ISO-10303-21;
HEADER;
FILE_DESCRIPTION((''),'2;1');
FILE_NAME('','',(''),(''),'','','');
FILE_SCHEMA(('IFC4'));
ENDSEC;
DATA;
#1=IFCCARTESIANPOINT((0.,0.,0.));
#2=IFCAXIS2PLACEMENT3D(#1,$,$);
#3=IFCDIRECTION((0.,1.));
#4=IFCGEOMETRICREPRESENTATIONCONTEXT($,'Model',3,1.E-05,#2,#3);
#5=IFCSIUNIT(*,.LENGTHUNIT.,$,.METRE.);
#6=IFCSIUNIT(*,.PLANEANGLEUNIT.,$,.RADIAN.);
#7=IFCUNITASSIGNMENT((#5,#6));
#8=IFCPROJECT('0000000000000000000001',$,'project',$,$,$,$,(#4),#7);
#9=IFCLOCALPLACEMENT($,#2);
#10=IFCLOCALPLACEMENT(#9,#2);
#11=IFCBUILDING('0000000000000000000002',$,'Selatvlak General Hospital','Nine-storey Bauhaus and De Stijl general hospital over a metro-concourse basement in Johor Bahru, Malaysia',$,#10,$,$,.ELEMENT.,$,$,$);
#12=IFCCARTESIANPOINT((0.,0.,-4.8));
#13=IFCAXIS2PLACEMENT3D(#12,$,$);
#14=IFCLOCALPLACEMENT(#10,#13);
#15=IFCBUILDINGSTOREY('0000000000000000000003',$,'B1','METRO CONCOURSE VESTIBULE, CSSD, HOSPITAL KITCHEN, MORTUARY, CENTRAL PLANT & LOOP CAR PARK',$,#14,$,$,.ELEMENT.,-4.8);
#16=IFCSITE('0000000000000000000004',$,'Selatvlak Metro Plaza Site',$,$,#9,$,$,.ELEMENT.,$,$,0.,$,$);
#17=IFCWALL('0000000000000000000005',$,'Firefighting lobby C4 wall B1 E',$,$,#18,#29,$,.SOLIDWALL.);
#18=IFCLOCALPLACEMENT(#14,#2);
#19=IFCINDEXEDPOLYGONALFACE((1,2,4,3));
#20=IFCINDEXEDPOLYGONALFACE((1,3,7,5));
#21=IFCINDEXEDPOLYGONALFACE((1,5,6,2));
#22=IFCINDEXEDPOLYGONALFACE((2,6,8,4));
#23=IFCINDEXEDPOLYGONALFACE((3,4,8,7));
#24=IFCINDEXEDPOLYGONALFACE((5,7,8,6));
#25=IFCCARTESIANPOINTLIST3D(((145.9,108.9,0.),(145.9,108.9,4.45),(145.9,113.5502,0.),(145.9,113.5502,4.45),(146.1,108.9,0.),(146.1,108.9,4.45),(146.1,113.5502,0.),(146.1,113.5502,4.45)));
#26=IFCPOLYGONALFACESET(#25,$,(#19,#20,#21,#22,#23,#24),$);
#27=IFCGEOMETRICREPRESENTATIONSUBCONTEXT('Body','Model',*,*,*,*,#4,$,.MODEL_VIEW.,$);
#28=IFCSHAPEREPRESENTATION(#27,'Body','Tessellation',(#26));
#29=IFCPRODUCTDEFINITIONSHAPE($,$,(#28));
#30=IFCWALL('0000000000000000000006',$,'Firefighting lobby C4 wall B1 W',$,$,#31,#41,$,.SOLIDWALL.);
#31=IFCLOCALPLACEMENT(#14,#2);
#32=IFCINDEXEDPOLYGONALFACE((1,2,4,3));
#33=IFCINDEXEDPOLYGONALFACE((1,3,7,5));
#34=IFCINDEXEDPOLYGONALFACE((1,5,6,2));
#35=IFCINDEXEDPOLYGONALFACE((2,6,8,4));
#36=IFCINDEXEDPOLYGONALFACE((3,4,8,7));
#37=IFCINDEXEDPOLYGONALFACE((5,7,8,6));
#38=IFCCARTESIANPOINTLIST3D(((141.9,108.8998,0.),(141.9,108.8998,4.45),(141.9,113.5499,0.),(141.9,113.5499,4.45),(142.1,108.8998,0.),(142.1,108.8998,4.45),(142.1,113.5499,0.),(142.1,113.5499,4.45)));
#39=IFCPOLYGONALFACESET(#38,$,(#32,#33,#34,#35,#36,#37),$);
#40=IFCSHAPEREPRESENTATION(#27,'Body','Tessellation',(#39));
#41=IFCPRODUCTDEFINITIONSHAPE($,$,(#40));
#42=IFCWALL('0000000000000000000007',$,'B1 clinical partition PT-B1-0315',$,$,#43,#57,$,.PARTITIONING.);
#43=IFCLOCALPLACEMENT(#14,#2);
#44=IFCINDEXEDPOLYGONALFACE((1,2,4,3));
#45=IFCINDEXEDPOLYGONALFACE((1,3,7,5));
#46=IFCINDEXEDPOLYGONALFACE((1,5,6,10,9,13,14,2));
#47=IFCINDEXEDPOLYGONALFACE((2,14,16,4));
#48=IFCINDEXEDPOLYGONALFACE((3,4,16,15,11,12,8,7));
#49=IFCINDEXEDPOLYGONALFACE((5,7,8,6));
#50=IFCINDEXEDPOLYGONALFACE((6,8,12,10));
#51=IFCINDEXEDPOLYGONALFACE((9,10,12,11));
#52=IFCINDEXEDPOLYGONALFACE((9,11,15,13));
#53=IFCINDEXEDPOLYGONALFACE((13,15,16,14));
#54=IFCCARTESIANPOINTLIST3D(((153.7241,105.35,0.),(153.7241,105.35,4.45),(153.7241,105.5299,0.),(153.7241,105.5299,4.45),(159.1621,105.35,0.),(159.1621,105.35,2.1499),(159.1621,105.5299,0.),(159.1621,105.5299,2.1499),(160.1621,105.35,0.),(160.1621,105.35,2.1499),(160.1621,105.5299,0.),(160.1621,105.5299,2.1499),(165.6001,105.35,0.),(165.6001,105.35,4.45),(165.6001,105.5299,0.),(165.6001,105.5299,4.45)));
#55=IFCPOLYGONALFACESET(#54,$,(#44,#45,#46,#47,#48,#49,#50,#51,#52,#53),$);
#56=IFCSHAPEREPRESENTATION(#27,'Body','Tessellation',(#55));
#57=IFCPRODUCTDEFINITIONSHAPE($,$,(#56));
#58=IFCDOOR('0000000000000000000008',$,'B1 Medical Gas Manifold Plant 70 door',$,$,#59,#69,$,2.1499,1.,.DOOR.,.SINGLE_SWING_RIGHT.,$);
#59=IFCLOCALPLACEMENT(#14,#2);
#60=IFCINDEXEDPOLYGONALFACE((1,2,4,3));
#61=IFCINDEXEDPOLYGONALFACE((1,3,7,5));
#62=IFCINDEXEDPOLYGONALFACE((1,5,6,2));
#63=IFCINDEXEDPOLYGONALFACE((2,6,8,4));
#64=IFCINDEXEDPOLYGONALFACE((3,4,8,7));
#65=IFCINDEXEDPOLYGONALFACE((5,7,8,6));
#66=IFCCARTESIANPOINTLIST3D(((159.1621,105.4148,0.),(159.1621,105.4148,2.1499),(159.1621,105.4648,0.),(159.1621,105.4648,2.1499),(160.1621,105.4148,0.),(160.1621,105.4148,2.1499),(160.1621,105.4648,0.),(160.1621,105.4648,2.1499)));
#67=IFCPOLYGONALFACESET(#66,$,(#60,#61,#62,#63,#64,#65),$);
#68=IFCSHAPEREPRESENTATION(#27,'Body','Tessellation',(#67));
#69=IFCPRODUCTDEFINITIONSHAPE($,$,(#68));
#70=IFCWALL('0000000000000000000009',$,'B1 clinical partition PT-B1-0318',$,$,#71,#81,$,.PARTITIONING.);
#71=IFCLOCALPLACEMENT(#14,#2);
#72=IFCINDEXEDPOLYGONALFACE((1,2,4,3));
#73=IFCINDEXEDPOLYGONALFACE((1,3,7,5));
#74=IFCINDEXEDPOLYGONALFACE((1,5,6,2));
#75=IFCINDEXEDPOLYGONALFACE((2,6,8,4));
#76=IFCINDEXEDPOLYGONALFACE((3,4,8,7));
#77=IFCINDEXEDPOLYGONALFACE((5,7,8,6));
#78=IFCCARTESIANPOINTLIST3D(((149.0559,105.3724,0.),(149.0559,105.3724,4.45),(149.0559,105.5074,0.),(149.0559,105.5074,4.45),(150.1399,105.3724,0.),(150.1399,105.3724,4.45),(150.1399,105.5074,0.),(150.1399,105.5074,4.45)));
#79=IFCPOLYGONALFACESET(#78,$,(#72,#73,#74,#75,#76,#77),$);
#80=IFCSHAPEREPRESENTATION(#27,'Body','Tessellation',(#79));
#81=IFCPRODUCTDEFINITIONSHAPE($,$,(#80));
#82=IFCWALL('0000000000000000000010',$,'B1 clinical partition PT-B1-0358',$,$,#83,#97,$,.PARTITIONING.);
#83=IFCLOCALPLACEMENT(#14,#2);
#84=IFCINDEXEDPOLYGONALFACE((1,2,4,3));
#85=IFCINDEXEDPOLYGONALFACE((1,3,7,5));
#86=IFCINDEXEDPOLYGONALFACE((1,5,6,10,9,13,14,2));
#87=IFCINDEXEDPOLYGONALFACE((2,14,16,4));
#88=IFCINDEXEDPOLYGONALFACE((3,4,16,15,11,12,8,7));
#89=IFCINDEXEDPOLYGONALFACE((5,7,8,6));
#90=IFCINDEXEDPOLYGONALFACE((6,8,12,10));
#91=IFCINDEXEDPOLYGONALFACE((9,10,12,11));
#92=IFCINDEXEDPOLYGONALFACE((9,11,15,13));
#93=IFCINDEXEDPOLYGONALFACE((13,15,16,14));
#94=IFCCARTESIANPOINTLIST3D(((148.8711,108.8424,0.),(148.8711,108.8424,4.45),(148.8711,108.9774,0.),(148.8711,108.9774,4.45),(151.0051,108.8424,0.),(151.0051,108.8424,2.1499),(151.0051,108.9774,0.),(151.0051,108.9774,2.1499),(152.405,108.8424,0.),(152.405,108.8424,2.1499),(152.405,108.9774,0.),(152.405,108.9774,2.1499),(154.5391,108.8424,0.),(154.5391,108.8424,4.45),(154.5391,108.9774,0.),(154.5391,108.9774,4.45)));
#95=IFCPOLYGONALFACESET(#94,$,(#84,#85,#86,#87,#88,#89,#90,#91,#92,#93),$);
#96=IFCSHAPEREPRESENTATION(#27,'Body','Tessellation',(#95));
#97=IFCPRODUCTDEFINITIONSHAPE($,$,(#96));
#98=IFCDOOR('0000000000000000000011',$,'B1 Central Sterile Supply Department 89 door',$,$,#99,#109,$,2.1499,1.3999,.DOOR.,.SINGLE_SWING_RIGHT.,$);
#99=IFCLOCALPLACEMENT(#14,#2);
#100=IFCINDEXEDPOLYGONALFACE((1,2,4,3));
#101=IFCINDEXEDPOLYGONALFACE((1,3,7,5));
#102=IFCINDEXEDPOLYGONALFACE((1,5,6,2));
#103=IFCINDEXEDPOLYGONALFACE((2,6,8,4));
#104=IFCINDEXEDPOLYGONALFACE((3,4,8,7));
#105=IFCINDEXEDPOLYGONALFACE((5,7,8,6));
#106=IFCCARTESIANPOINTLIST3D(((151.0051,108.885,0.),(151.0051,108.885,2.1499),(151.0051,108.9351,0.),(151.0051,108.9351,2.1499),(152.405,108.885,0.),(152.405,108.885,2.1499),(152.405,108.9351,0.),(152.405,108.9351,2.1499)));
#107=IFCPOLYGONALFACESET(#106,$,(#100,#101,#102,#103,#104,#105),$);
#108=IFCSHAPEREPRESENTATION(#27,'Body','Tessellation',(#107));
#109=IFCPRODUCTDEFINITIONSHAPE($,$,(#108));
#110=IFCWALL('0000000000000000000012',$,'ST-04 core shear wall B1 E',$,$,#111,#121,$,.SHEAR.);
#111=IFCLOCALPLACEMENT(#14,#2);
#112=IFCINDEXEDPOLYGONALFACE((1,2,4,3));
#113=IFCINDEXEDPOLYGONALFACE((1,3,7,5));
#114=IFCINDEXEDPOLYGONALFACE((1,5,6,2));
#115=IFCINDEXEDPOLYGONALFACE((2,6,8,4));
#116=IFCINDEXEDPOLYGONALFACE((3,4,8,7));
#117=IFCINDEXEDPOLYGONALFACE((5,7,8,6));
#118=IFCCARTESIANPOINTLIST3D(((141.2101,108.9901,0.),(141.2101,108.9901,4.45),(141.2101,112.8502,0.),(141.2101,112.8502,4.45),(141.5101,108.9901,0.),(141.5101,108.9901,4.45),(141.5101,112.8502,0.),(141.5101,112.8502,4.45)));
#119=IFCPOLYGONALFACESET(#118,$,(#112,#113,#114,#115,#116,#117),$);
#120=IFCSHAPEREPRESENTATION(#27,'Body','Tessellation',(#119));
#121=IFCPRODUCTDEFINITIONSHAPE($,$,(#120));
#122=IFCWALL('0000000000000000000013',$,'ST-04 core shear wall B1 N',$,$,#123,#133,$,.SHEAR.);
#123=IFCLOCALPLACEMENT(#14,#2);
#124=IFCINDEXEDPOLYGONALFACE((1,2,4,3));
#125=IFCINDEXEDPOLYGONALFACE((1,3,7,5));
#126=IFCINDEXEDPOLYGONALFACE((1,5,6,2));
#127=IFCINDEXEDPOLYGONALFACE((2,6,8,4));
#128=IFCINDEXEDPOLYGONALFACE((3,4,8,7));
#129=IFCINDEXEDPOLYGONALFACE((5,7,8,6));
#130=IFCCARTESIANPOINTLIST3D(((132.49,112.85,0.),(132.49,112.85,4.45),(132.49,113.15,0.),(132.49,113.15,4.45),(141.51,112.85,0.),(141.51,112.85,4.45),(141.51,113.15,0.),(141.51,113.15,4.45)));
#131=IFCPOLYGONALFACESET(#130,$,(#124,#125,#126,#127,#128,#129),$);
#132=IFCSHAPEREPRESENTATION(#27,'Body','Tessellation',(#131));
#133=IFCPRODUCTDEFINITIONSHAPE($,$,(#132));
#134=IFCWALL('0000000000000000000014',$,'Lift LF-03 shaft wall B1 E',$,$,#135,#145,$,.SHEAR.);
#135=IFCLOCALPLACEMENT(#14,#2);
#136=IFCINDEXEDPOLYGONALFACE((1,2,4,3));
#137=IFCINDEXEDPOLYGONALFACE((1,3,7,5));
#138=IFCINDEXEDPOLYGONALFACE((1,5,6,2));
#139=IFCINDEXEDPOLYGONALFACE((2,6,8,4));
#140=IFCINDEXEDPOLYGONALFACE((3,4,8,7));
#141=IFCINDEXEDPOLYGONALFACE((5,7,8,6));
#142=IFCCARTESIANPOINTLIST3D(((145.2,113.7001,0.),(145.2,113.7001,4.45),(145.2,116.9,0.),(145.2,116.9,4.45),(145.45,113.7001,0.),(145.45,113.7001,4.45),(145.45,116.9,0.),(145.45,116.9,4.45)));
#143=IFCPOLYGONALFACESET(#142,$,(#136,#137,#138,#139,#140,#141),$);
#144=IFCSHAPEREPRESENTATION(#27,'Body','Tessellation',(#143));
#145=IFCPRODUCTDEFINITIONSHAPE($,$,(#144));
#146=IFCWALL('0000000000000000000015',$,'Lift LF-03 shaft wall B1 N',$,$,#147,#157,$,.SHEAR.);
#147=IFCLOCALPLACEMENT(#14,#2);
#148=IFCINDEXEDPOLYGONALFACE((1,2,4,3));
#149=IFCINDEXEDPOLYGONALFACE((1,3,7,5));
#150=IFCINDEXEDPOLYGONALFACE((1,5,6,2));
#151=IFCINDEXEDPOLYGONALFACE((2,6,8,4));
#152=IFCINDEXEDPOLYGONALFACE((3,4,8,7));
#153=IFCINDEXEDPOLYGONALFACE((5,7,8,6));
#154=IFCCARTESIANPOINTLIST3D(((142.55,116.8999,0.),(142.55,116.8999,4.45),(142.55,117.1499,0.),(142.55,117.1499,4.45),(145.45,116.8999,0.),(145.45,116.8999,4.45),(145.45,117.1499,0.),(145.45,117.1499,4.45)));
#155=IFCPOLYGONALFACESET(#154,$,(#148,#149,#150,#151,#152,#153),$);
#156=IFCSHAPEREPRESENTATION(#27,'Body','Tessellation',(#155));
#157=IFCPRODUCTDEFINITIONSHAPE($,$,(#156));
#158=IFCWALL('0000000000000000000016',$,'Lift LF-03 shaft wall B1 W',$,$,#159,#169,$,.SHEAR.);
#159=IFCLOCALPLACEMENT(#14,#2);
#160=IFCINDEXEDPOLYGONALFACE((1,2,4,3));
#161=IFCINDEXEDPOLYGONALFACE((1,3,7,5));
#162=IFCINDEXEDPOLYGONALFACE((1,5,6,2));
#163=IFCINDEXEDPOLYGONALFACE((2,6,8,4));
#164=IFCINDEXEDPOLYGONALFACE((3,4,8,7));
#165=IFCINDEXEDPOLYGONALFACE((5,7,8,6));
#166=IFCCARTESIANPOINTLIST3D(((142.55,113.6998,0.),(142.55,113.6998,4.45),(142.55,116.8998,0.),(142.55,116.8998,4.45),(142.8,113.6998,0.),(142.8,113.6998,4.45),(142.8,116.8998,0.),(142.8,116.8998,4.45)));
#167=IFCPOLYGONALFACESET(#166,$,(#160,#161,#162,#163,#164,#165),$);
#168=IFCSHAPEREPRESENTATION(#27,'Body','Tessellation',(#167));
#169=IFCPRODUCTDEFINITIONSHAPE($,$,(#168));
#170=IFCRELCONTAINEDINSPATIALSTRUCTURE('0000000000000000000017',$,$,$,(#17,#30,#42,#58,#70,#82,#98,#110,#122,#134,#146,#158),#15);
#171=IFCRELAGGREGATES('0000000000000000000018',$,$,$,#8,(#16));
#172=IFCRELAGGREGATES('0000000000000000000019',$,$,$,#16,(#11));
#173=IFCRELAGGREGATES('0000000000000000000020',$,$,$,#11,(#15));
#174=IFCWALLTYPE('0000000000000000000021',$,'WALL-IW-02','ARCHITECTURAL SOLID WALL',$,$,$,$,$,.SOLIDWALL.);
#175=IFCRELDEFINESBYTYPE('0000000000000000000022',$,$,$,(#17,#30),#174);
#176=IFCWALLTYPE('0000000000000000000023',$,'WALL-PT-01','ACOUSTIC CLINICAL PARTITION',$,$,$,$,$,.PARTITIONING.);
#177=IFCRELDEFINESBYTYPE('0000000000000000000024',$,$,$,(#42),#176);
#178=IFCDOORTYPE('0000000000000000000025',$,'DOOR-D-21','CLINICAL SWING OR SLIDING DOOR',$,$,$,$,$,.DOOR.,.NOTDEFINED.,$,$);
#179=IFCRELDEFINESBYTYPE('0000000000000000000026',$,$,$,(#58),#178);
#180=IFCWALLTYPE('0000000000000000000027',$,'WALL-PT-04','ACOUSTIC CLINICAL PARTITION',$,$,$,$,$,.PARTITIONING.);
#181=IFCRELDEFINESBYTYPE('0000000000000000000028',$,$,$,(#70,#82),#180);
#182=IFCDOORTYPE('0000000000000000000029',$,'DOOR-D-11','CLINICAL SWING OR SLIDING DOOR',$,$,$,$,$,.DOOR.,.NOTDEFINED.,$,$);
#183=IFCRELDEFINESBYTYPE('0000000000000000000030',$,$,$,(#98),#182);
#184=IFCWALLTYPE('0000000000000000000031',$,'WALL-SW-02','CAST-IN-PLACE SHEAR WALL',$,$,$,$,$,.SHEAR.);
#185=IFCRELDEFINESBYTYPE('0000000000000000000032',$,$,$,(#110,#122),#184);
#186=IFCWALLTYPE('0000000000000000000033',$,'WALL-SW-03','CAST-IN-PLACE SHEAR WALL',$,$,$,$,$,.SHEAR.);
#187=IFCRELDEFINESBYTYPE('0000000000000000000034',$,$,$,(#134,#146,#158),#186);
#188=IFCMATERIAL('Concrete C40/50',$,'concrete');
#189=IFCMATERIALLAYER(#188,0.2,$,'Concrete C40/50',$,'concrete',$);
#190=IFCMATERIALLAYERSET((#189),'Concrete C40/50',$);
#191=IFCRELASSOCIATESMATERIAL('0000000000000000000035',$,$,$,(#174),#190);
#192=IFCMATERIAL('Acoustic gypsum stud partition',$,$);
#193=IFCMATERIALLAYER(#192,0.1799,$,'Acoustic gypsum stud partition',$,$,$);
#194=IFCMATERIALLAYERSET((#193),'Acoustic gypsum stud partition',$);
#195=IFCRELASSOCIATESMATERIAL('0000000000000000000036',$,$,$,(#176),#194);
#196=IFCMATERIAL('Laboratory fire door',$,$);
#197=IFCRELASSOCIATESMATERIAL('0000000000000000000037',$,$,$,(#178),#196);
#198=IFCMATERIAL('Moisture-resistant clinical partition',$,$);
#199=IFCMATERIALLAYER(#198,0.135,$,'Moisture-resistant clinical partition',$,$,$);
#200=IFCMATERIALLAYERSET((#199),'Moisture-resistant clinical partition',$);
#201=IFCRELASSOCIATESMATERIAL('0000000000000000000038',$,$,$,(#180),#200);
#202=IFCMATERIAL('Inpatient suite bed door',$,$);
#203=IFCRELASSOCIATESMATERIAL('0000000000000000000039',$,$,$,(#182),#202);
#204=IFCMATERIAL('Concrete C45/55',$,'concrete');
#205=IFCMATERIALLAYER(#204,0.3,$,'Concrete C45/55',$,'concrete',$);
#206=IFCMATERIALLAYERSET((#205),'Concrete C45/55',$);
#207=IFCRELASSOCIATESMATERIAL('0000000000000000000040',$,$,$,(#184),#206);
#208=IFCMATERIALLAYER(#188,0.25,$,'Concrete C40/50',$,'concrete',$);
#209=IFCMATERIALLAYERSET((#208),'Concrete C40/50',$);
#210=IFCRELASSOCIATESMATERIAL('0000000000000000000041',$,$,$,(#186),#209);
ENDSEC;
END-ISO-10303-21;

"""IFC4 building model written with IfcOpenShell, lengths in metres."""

from ifc_helpers import new_model, si_unit, direction, frame, frame_2d, origin, place, context, subcontext, project, spatial, rectangle, extrude, material, layer, layer_set, type_object, element, fill, save


model = new_model("IFC4")

# Units and contexts
model_context = context("Model", 3, precision=1e-05, world=origin(), true_north=direction((0.0, 1.0)))
body_context = subcontext(model_context, "Body", "Model", "MODEL_VIEW")
ifc_project = project(units=[si_unit("LENGTHUNIT", "METRE"), si_unit("PLANEANGLEUNIT", "RADIAN")], contexts=[model_context])

# Site, building, storey
site_placement = place(None, origin())
site = spatial("IfcSite", under=ifc_project, at=site_placement, Name="Selatvlak Metro Plaza Site", CompositionType="ELEMENT", RefElevation=0.0)
building_placement = place(site_placement, origin())
building = spatial("IfcBuilding", under=site, at=building_placement, Name="Selatvlak General Hospital", Description="Nine-storey Bauhaus and De Stijl general hospital over a metro-concourse basement in Johor Bahru, Malaysia", CompositionType="ELEMENT")
storey_placement = place(building_placement, frame((0.0, 0.0, -4.8)))
storey = spatial("IfcBuildingStorey", under=building, at=storey_placement, Name="B1", Description="METRO CONCOURSE VESTIBULE, CSSD, HOSPITAL KITCHEN, MORTUARY, CENTRAL PLANT & LOOP CAR PARK", CompositionType="ELEMENT", Elevation=-4.8)

# Shared definitions
ifc_material_1 = material(Name="Concrete C40/50", Category="concrete")

# Shared definitions
ifc_material_2 = material(Name="Concrete C45/55", Category="concrete")

# Shared definitions
ifc_layer_1 = layer(ifc_material_1, 0.2, Name="Concrete C40/50", Category="concrete")
ifc_layer_set_1 = layer_set([ifc_layer_1], Name="Concrete C40/50")
wall_type_1 = type_object("IfcWallType", Name="WALL-IW-02", Description="ARCHITECTURAL SOLID WALL", PredefinedType="SOLIDWALL", material=ifc_layer_set_1)

# Walls
for number, where, z_axis, x_axis, name in (
    (1, (146.0, 108.8999, 0.0), (0.0, 0.0, 1.0), (0.0, 1.0, 0.0), "Firefighting lobby C4 wall B1 E"),
    (2, (142.0, 113.55, 0.0), (0.0, 0.0, 1.0), (0.0, -1.0, 0.0), "Firefighting lobby C4 wall B1 W"),
):
    element("IfcWall", number, at=place(storey_placement, frame(where, z_axis=z_axis, x_axis=x_axis)), inside=storey, type_object=wall_type_1, Name=name, PredefinedType="SOLIDWALL", context=body_context, shape_type="SweptSolid", body=[
        extrude(rectangle(XDim=4.6501, YDim=0.2, at=frame_2d((2.3252, 0.0))), origin(), (0.0, 0.0, 1.0), 4.45),
    ])

# Wall, opening, door
ifc_material_3 = material(Name="Acoustic gypsum stud partition")
ifc_layer_2 = layer(ifc_material_3, 0.1799, Name="Acoustic gypsum stud partition")
ifc_layer_set_2 = layer_set([ifc_layer_2], Name="Acoustic gypsum stud partition")
wall_type_2 = type_object("IfcWallType", Name="WALL-PT-01", Description="ACOUSTIC CLINICAL PARTITION", PredefinedType="PARTITIONING", material=ifc_layer_set_2)
wall_1_placement = place(storey_placement, frame((153.7241, 105.4399, 0.0), z_axis=(0.0, 0.0, 1.0), x_axis=(1.0, 0.0, 0.0)))
wall_1 = element("IfcWall", 3, at=wall_1_placement, inside=storey, type_object=wall_type_2, Name="B1 clinical partition PT-B1-0315", PredefinedType="PARTITIONING", context=body_context, shape_type="SweptSolid", body=[
    extrude(rectangle(XDim=11.876, YDim=0.1799, at=frame_2d((5.938, 0.0))), origin(), (0.0, 0.0, 1.0), 4.45),
])
opening_1_placement = place(wall_1_placement, frame((5.438, 0.0, 0.0)))
opening_1 = element("IfcOpeningElement", 4, at=opening_1_placement, cuts=wall_1, PredefinedType="OPENING", context=body_context, shape_type="SweptSolid", body=[
    extrude(rectangle(XDim=1.0, YDim=2.1499, at=frame_2d((0.5, 1.075))), frame((0.0, 0.0999, 0.0), z_axis=(0.0, -1.0, 0.0), x_axis=(1.0, 0.0, 0.0)), (0.0, 0.0, 1.0), 0.2),
])
ifc_material_4 = material(Name="Laboratory fire door")
door_type_1 = type_object("IfcDoorType", Name="DOOR-D-21", Description="CLINICAL SWING OR SLIDING DOOR", OperationType="NOTDEFINED", PredefinedType="DOOR", material=ifc_material_4)
door_1_placement = place(opening_1_placement, origin())
door_1 = element("IfcDoor", 5, at=door_1_placement, inside=storey, type_object=door_type_1, Name="B1 Medical Gas Manifold Plant 70 door", OperationType="SINGLE_SWING_RIGHT", OverallHeight=2.1499, OverallWidth=1.0, PredefinedType="DOOR", context=body_context, shape_type="SweptSolid", body=[
    extrude(rectangle(XDim=1.0, YDim=2.1499, at=frame_2d((0.5, 1.075))), frame((0.0, 0.0249, 0.0), z_axis=(0.0, -1.0, 0.0), x_axis=(1.0, 0.0, 0.0)), (0.0, 0.0, 1.0), 0.05),
])
fill(opening_1, door_1)

# Wall
ifc_material_5 = material(Name="Moisture-resistant clinical partition")
ifc_layer_3 = layer(ifc_material_5, 0.135, Name="Moisture-resistant clinical partition")
ifc_layer_set_3 = layer_set([ifc_layer_3], Name="Moisture-resistant clinical partition")
wall_type_3 = type_object("IfcWallType", Name="WALL-PT-04", Description="ACOUSTIC CLINICAL PARTITION", PredefinedType="PARTITIONING", material=ifc_layer_set_3)
wall_2_placement = place(storey_placement, frame((149.0559, 105.4399, 0.0), z_axis=(0.0, 0.0, 1.0), x_axis=(1.0, 0.0, 0.0)))
element("IfcWall", 6, at=wall_2_placement, inside=storey, type_object=wall_type_3, Name="B1 clinical partition PT-B1-0318", PredefinedType="PARTITIONING", context=body_context, shape_type="SweptSolid", body=[
    extrude(rectangle(XDim=1.084, YDim=0.135, at=frame_2d((0.542, 0.0))), origin(), (0.0, 0.0, 1.0), 4.45),
])

# Wall, opening, door
wall_3_placement = place(storey_placement, frame((154.5391, 108.9099, 0.0), z_axis=(0.0, 0.0, 1.0), x_axis=(-1.0, 0.0, 0.0)))
wall_3 = element("IfcWall", 7, at=wall_3_placement, inside=storey, type_object=wall_type_3, Name="B1 clinical partition PT-B1-0358", PredefinedType="PARTITIONING", context=body_context, shape_type="SweptSolid", body=[
    extrude(rectangle(XDim=5.668, YDim=0.135, at=frame_2d((2.834, 0.0))), origin(), (0.0, 0.0, 1.0), 4.45),
])
opening_2_placement = place(wall_3_placement, frame((2.134, 0.0, 0.0)))
opening_2 = element("IfcOpeningElement", 8, at=opening_2_placement, cuts=wall_3, PredefinedType="OPENING", context=body_context, shape_type="SweptSolid", body=[
    extrude(rectangle(XDim=1.3999, YDim=2.1499, at=frame_2d((0.7, 1.075))), frame((0.0, 0.0774, 0.0), z_axis=(0.0, -1.0, 0.0), x_axis=(1.0, 0.0, 0.0)), (0.0, 0.0, 1.0), 0.155),
])
ifc_material_6 = material(Name="Inpatient suite bed door")
door_type_2 = type_object("IfcDoorType", Name="DOOR-D-11", Description="CLINICAL SWING OR SLIDING DOOR", OperationType="NOTDEFINED", PredefinedType="DOOR", material=ifc_material_6)
door_2_placement = place(opening_2_placement, origin())
door_2 = element("IfcDoor", 9, at=door_2_placement, inside=storey, type_object=door_type_2, Name="B1 Central Sterile Supply Department 89 door", OperationType="SINGLE_SWING_RIGHT", OverallHeight=2.1499, OverallWidth=1.3999, PredefinedType="DOOR", context=body_context, shape_type="SweptSolid", body=[
    extrude(rectangle(XDim=1.3999, YDim=2.1499, at=frame_2d((0.7, 1.075))), frame((0.0, 0.0249, 0.0), z_axis=(0.0, -1.0, 0.0), x_axis=(1.0, 0.0, 0.0)), (0.0, 0.0, 1.0), 0.05),
])
fill(opening_2, door_2)

# Walls
ifc_layer_4 = layer(ifc_material_2, 0.3, Name="Concrete C45/55", Category="concrete")
ifc_layer_set_4 = layer_set([ifc_layer_4], Name="Concrete C45/55")
wall_type_4 = type_object("IfcWallType", Name="WALL-SW-02", Description="CAST-IN-PLACE SHEAR WALL", PredefinedType="SHEAR", material=ifc_layer_set_4)
wall_4_placement = place(storey_placement, frame((141.3601, 108.99, 0.0), z_axis=(0.0, 0.0, 1.0), x_axis=(0.0, 1.0, 0.0)))
element("IfcWall", 10, at=wall_4_placement, inside=storey, type_object=wall_type_4, Name="ST-04 core shear wall B1 E", PredefinedType="SHEAR", context=body_context, shape_type="SweptSolid", body=[
    extrude(rectangle(XDim=3.8601, YDim=0.3, at=frame_2d((1.9302, 0.0))), origin(), (0.0, 0.0, 1.0), 4.45),
])
wall_5_placement = place(storey_placement, frame((141.51, 113.0, 0.0), z_axis=(0.0, 0.0, 1.0), x_axis=(-1.0, 0.0, 0.0)))
element("IfcWall", 11, at=wall_5_placement, inside=storey, type_object=wall_type_4, Name="ST-04 core shear wall B1 N", PredefinedType="SHEAR", context=body_context, shape_type="SweptSolid", body=[
    extrude(rectangle(XDim=9.02, YDim=0.3, at=frame_2d((4.51, 0.0))), origin(), (0.0, 0.0, 1.0), 4.45),
])

# Shared definitions
ifc_layer_5 = layer(ifc_material_1, 0.25, Name="Concrete C40/50", Category="concrete")
ifc_layer_set_5 = layer_set([ifc_layer_5], Name="Concrete C40/50")
wall_type_5 = type_object("IfcWallType", Name="WALL-SW-03", Description="CAST-IN-PLACE SHEAR WALL", PredefinedType="SHEAR", material=ifc_layer_set_5)

# Walls
wall_6_placement = place(storey_placement, frame((145.325, 113.7, 0.0), z_axis=(0.0, 0.0, 1.0), x_axis=(0.0, 1.0, 0.0)))
element("IfcWall", 12, at=wall_6_placement, inside=storey, type_object=wall_type_5, Name="Lift LF-03 shaft wall B1 E", PredefinedType="SHEAR", context=body_context, shape_type="SweptSolid", body=[
    extrude(rectangle(XDim=3.2, YDim=0.25, at=frame_2d((1.6001, 0.0))), origin(), (0.0, 0.0, 1.0), 4.45),
])
wall_7_placement = place(storey_placement, frame((145.45, 117.0249, 0.0), z_axis=(0.0, 0.0, 1.0), x_axis=(-1.0, 0.0, 0.0)))
element("IfcWall", 13, at=wall_7_placement, inside=storey, type_object=wall_type_5, Name="Lift LF-03 shaft wall B1 N", PredefinedType="SHEAR", context=body_context, shape_type="SweptSolid", body=[
    extrude(rectangle(XDim=2.8999, YDim=0.25, at=frame_2d((1.45, 0.0))), origin(), (0.0, 0.0, 1.0), 4.45),
])
wall_8_placement = place(storey_placement, frame((142.675, 116.8999, 0.0), z_axis=(0.0, 0.0, 1.0), x_axis=(0.0, -1.0, 0.0)))
element("IfcWall", 14, at=wall_8_placement, inside=storey, type_object=wall_type_5, Name="Lift LF-03 shaft wall B1 W", PredefinedType="SHEAR", context=body_context, shape_type="SweptSolid", body=[
    extrude(rectangle(XDim=3.2, YDim=0.25, at=frame_2d((1.6001, 0.0))), origin(), (0.0, 0.0, 1.0), 4.45),
])

save(model, "model.ifc")
